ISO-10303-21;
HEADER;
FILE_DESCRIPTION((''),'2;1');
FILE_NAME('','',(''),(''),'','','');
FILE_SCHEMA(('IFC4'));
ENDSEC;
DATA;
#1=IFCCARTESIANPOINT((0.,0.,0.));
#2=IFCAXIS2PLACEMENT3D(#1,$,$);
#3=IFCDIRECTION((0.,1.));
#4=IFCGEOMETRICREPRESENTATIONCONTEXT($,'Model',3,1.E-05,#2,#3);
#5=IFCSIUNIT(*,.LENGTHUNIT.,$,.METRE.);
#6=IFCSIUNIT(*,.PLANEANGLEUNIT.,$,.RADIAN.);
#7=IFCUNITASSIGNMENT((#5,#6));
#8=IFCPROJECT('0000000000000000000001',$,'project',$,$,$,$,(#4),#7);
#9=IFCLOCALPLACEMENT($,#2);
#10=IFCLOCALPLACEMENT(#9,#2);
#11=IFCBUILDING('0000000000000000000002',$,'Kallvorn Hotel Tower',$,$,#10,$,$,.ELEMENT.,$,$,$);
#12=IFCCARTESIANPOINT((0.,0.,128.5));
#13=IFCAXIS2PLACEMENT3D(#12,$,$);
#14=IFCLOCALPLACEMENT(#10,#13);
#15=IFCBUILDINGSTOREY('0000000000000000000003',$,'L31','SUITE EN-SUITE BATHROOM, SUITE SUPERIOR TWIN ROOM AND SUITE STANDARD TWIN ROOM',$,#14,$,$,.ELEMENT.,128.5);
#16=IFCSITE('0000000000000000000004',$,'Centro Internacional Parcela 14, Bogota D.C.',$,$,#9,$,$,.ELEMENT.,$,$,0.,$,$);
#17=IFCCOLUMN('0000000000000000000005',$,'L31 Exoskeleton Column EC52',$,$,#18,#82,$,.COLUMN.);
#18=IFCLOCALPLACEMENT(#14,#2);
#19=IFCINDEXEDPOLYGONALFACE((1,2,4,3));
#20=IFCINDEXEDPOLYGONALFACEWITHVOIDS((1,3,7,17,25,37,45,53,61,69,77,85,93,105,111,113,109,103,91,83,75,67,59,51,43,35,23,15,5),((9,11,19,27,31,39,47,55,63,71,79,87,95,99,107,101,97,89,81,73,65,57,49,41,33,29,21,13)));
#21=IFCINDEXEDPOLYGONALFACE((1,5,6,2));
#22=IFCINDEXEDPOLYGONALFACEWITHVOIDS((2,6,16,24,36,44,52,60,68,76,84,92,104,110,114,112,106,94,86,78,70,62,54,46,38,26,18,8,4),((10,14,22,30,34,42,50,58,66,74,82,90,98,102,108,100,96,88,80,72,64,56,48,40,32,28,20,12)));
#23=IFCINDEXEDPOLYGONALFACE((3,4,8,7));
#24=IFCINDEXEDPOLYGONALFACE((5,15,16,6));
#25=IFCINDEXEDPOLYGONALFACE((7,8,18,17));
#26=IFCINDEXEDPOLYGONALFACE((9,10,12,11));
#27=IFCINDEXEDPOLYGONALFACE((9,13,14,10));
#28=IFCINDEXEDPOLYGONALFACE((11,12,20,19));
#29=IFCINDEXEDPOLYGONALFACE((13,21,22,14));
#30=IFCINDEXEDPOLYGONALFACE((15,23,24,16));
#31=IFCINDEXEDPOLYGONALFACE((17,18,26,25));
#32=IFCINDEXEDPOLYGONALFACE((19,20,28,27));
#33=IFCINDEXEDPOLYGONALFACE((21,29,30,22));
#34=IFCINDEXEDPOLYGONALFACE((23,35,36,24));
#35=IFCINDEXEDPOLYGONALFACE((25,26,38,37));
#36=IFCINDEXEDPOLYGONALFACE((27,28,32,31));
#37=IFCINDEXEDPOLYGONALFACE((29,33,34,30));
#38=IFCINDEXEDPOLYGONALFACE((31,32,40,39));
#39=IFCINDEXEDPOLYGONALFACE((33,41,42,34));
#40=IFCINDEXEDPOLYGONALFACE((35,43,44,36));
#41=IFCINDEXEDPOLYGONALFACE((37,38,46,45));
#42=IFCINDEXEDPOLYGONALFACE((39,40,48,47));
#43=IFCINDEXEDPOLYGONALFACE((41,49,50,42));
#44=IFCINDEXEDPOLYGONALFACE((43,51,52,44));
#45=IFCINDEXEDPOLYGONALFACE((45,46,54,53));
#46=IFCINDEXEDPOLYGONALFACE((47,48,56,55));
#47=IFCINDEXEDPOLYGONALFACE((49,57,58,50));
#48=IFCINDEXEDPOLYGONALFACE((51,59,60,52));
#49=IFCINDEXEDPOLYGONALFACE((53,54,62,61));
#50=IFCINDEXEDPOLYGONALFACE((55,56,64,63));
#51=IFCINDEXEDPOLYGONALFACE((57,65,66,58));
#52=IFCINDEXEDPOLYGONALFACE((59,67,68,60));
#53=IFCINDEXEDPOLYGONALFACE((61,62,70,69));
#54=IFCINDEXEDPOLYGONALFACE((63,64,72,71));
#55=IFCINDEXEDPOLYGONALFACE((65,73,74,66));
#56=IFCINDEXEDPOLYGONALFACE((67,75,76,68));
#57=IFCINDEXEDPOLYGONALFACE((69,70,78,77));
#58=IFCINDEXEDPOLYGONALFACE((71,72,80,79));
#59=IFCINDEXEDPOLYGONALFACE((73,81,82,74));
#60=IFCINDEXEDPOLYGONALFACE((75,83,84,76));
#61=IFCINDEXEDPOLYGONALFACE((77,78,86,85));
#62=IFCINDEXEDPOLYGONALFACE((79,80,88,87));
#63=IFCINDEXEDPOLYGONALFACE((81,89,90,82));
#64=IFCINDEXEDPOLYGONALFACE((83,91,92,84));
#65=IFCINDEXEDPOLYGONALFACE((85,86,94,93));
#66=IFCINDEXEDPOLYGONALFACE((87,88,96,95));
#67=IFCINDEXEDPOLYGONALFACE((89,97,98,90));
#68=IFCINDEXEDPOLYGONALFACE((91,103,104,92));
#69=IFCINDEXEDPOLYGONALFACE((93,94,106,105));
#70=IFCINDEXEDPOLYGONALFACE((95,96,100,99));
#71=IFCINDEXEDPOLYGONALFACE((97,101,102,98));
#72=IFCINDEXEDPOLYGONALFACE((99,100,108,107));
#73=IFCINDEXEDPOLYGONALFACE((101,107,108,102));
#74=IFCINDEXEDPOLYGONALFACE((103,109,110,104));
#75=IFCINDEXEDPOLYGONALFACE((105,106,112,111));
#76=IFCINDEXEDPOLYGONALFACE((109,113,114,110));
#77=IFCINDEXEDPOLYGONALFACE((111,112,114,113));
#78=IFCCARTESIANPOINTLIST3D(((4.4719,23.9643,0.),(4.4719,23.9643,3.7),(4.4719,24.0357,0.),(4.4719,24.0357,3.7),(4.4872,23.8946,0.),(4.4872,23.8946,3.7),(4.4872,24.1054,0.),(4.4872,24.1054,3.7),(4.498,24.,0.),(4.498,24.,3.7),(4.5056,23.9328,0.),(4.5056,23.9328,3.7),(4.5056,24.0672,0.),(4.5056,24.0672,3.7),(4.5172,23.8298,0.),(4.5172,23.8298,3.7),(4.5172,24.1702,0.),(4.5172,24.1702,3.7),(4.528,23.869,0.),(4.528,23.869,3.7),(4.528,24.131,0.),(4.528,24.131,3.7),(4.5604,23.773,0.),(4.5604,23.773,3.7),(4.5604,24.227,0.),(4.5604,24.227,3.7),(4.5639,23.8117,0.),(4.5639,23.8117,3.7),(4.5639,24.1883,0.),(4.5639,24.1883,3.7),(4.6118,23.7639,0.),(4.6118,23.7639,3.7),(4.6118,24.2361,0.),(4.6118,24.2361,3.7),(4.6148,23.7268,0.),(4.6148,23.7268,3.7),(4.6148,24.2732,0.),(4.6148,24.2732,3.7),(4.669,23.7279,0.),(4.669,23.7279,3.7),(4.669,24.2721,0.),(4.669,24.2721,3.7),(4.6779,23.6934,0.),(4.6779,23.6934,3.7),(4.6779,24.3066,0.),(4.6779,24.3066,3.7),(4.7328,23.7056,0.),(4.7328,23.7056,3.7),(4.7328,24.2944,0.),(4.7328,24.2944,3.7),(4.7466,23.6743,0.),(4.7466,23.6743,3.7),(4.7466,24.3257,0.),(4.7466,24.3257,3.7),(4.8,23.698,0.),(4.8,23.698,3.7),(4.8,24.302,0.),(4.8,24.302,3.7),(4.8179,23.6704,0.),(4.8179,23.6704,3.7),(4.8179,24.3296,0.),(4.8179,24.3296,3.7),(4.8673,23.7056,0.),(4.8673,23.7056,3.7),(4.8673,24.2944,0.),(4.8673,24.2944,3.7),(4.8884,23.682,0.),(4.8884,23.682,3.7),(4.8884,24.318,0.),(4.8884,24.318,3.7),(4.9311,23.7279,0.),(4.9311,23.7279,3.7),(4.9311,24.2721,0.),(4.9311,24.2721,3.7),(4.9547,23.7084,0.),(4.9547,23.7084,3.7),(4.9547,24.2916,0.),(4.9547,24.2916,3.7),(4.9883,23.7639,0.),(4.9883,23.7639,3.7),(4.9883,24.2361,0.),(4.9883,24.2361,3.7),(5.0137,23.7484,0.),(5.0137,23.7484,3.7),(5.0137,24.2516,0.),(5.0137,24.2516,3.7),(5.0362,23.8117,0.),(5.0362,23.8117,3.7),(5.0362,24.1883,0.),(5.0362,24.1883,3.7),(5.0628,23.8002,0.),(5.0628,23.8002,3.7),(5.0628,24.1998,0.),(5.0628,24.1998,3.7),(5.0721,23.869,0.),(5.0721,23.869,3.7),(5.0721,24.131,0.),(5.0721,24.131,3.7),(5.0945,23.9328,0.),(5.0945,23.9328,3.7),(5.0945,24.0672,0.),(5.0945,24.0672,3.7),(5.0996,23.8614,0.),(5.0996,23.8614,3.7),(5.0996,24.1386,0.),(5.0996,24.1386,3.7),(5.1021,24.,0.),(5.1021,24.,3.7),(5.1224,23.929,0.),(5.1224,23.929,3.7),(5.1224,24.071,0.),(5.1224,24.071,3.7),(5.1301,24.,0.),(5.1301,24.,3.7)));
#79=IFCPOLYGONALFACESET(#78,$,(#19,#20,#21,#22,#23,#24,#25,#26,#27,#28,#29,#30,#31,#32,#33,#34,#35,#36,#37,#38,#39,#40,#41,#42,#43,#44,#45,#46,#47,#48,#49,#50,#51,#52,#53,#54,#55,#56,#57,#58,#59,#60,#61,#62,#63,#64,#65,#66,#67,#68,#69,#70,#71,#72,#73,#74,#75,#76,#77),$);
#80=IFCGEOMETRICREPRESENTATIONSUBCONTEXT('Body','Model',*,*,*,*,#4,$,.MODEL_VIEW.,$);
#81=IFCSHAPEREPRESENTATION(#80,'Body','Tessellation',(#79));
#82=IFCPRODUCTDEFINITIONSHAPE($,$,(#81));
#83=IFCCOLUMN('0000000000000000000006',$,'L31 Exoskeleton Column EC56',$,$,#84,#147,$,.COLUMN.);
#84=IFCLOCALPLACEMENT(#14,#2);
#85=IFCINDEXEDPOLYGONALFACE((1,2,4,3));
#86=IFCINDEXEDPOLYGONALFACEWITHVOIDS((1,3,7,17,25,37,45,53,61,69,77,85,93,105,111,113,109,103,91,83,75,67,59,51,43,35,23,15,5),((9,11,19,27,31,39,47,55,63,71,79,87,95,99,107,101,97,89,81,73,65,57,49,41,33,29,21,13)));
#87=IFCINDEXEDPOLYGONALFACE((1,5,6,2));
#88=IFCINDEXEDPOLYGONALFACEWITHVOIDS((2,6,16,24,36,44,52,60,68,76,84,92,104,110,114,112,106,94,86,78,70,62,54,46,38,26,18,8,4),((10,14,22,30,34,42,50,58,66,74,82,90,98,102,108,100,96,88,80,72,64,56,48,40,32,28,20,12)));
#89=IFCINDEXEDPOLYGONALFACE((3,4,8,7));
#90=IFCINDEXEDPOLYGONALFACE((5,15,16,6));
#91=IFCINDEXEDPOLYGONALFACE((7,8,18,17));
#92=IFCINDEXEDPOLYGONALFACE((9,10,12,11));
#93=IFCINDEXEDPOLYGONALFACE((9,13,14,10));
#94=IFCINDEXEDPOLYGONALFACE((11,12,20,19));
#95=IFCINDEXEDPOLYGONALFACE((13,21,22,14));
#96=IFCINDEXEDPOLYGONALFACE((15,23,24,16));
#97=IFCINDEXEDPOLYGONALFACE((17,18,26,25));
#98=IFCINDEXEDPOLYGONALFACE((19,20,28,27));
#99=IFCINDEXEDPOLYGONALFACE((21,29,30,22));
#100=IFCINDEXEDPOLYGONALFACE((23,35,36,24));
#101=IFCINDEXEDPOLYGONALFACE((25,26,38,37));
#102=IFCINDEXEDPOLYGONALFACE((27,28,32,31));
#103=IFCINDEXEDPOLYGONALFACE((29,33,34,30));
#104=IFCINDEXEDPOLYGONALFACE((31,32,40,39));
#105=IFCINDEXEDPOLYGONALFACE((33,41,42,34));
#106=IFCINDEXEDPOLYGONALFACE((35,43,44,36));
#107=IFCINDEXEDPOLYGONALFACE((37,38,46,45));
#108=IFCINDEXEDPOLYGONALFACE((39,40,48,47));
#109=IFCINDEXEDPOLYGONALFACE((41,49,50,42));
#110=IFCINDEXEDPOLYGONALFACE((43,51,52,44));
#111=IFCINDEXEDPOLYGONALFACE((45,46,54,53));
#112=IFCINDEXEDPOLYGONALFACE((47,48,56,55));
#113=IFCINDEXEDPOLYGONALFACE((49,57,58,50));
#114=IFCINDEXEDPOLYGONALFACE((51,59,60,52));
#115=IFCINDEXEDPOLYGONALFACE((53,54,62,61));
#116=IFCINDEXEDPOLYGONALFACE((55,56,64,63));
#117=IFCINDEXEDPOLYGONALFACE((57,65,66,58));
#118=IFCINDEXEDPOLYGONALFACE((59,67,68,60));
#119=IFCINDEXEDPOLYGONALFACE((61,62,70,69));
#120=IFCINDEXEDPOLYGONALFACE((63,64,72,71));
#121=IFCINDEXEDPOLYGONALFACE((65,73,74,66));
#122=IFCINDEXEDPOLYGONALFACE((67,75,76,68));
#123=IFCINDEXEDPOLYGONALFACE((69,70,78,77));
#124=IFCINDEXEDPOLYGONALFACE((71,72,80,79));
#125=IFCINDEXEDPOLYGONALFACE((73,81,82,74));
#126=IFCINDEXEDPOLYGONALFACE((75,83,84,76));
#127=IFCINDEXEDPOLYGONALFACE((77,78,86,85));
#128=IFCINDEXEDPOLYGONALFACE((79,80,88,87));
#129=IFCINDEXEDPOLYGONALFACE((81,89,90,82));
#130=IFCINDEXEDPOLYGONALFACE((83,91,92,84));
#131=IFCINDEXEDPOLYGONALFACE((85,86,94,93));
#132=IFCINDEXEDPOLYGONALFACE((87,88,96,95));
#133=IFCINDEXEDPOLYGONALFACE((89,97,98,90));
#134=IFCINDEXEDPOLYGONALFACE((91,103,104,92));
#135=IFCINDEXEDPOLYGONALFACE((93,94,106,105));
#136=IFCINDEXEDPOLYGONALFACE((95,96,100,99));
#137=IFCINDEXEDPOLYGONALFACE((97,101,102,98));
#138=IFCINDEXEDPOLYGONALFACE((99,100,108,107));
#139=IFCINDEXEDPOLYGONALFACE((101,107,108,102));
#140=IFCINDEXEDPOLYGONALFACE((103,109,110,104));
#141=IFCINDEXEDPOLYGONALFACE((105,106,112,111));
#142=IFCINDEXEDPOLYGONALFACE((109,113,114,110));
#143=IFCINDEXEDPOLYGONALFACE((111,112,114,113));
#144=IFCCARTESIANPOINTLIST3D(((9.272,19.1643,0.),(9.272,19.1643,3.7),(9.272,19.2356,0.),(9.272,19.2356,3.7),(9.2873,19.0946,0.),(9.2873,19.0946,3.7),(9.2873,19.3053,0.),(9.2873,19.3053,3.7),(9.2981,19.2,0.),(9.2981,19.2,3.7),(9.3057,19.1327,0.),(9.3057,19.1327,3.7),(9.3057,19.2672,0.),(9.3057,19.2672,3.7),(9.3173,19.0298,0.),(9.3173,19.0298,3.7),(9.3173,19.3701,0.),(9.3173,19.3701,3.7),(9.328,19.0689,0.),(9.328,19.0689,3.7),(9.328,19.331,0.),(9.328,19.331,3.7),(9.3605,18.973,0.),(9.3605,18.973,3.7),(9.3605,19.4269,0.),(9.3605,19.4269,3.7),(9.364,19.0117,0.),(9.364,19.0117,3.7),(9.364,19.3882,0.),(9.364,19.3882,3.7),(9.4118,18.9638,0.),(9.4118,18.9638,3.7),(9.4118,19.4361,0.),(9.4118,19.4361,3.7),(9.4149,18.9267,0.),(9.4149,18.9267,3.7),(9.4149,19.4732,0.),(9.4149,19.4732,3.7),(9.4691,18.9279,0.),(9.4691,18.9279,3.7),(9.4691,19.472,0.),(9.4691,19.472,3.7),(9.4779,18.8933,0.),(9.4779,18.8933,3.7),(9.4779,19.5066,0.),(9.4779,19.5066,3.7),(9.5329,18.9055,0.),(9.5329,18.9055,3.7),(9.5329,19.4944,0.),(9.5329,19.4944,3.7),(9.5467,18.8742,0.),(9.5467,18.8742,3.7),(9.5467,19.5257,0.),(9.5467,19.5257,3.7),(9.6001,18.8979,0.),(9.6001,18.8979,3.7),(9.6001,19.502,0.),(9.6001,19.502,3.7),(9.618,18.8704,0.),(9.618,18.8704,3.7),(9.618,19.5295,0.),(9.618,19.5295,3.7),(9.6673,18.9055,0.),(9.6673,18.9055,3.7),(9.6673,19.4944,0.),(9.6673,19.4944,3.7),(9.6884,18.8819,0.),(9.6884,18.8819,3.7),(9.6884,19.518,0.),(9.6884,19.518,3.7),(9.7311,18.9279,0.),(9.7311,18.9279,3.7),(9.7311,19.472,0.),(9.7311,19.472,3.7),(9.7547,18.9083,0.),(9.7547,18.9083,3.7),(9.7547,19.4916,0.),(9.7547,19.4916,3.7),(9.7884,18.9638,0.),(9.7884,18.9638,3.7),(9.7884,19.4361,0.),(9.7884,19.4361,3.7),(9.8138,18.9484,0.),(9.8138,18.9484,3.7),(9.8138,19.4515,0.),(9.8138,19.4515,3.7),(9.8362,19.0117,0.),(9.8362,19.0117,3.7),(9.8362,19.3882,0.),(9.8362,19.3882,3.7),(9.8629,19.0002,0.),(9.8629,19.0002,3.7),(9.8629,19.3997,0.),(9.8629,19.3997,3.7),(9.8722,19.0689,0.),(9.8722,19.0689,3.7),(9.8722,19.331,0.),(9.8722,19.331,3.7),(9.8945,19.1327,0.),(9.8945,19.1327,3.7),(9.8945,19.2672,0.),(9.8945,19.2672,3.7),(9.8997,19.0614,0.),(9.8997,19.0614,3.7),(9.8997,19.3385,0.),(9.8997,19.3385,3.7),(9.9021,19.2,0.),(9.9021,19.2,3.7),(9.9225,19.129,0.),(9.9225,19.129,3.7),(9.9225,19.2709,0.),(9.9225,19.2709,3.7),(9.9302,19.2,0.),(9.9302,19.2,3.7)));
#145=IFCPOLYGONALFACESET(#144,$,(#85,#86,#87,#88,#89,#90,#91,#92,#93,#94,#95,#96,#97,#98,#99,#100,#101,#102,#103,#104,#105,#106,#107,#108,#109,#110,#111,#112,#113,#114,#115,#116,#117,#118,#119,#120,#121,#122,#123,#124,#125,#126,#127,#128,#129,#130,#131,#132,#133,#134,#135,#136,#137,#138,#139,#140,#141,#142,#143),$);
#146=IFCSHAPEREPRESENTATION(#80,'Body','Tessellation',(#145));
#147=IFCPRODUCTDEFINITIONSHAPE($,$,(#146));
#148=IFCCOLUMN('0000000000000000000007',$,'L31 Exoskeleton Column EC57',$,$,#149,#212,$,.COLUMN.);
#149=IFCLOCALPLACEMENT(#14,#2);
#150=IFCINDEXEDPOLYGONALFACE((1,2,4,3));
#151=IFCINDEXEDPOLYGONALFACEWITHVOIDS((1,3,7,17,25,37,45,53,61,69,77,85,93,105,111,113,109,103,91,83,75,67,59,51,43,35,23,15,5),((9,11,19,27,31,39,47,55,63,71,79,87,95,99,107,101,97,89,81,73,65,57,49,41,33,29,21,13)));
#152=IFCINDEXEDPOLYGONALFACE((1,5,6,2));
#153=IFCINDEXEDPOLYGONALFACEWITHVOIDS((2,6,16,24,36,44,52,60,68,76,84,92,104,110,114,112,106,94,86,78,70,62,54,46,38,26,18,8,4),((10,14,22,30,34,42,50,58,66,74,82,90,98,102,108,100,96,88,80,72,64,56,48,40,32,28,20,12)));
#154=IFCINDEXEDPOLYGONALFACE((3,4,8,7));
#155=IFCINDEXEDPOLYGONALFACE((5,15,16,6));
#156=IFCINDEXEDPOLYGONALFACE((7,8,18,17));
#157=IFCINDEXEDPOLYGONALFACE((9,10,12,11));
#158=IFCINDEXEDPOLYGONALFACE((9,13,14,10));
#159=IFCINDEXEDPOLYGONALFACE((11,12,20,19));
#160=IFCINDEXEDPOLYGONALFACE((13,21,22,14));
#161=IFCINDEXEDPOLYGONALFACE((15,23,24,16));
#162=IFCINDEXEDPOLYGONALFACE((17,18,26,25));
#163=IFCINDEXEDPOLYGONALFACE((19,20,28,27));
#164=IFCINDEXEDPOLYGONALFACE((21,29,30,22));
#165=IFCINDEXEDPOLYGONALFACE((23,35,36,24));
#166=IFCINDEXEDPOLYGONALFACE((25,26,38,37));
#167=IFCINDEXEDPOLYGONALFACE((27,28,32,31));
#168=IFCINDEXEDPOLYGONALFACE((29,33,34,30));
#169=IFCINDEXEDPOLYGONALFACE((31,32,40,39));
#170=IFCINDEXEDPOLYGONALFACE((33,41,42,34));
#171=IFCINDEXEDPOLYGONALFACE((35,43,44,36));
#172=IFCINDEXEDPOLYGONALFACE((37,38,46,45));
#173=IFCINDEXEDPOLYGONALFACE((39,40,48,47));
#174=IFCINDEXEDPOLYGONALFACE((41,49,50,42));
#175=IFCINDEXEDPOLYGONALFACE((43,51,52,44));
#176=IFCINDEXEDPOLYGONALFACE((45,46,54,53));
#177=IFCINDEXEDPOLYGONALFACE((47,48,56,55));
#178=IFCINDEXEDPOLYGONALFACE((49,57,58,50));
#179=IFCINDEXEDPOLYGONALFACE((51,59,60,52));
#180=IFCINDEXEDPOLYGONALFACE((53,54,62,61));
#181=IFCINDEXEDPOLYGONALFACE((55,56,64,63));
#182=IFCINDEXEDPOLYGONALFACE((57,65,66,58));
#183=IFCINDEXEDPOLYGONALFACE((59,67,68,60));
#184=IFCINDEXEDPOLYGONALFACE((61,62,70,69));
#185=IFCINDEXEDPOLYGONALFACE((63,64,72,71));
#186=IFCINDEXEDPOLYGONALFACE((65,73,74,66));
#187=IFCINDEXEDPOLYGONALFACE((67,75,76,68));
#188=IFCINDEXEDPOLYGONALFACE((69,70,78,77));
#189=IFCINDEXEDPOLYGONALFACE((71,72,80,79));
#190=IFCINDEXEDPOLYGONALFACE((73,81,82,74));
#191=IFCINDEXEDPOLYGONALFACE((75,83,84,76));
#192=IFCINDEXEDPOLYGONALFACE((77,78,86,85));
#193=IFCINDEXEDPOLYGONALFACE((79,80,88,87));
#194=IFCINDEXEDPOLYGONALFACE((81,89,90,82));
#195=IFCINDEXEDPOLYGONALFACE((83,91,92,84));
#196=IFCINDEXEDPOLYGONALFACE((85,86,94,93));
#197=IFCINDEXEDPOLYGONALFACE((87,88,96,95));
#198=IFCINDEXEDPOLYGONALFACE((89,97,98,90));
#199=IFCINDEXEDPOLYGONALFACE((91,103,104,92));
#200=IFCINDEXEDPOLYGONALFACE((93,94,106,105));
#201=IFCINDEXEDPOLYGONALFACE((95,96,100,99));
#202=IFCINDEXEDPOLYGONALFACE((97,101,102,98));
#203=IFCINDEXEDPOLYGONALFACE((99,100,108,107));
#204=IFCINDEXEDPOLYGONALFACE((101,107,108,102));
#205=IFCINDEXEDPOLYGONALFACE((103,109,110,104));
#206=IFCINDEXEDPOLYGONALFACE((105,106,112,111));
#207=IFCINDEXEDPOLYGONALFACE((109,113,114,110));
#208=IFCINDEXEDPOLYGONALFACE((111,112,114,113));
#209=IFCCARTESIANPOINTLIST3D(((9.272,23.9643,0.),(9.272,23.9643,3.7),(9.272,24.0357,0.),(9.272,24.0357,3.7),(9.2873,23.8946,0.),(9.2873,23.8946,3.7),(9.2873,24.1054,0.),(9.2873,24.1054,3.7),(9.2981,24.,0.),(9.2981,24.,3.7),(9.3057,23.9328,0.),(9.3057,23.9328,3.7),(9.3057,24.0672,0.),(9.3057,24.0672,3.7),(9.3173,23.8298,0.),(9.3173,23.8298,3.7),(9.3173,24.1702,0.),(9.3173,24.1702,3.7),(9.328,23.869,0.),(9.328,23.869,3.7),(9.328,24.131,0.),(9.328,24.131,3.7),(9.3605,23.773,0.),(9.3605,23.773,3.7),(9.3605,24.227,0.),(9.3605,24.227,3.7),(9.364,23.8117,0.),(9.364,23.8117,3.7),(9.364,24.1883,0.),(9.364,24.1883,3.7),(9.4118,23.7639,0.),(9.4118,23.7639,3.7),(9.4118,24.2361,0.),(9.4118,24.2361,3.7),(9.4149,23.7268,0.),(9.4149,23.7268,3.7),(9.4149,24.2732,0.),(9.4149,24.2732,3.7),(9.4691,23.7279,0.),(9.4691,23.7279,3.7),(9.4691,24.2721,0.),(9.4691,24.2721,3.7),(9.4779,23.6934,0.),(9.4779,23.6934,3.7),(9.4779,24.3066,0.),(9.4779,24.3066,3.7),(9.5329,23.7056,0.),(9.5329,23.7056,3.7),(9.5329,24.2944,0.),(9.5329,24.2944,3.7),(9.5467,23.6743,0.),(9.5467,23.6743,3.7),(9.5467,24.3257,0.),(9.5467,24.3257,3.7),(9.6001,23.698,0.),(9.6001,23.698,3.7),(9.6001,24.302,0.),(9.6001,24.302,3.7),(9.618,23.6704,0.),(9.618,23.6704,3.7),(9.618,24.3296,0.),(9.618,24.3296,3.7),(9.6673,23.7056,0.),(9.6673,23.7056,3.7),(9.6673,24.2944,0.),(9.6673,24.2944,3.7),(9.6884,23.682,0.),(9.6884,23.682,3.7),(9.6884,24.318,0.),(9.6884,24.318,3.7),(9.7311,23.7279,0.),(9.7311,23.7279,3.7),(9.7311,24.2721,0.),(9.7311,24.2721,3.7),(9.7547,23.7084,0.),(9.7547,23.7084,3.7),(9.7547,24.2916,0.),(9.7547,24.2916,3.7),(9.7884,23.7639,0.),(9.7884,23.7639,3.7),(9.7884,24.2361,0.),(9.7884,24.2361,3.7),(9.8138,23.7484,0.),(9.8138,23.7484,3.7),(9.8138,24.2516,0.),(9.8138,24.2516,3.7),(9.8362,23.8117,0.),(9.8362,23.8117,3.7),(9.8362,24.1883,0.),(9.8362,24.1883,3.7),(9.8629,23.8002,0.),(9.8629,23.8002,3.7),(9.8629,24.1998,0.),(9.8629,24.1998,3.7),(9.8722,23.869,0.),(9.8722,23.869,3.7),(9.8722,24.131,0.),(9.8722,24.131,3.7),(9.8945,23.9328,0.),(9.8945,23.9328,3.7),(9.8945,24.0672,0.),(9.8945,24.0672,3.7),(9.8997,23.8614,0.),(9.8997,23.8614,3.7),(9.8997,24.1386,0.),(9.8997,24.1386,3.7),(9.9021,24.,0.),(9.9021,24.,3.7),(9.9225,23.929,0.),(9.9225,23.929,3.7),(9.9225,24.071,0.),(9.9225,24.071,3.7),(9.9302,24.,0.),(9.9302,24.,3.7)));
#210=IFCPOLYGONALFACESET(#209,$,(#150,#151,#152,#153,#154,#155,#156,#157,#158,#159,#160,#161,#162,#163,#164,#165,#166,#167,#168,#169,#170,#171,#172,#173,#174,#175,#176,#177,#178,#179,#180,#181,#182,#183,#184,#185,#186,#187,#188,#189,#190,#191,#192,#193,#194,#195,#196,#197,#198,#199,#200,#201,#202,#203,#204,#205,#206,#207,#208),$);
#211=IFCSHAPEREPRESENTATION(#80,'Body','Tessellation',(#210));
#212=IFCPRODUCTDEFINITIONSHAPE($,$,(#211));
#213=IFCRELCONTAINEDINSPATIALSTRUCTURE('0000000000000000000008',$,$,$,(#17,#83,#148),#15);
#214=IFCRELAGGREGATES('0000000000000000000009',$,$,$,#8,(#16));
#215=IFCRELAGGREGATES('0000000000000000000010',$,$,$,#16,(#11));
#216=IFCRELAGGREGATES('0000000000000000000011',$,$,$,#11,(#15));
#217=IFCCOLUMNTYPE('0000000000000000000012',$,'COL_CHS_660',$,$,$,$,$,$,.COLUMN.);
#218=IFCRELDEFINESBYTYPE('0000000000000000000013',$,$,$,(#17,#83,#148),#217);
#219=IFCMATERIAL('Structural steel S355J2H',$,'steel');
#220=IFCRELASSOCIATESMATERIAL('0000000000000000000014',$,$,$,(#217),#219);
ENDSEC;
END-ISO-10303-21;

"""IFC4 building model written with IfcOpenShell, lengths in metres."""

from ifc_helpers import new_model, si_unit, direction, frame, origin, origin_2d, place, context, subcontext, project, spatial, hollow_circle, extrude, material, material_profile, profile_set, type_object, element, save


model = new_model("IFC4")

# Units and contexts
model_context = context("Model", 3, precision=1e-05, world=origin(), true_north=direction((0.0, 1.0)))
body_context = subcontext(model_context, "Body", "Model", "MODEL_VIEW")
ifc_project = project(units=[si_unit("LENGTHUNIT", "METRE"), si_unit("PLANEANGLEUNIT", "RADIAN")], contexts=[model_context])

# Site, building, storey
site_placement = place(None, origin())
site = spatial("IfcSite", under=ifc_project, at=site_placement, Name="Centro Internacional Parcela 14, Bogota D.C.", CompositionType="ELEMENT", RefElevation=0.0)
building_placement = place(site_placement, origin())
building = spatial("IfcBuilding", under=site, at=building_placement, Name="Kallvorn Hotel Tower", CompositionType="ELEMENT")
storey_placement = place(building_placement, frame((0.0, 0.0, 128.5)))
storey = spatial("IfcBuildingStorey", under=building, at=storey_placement, Name="L31", Description="SUITE EN-SUITE BATHROOM, SUITE SUPERIOR TWIN ROOM AND SUITE STANDARD TWIN ROOM", CompositionType="ELEMENT", Elevation=128.5)

# Columns
ifc_material_1 = material(Name="Structural steel S355J2H", Category="steel")
ifc_material_profile_1 = material_profile(ifc_material_1, hollow_circle(Radius=0.3301, WallThickness=0.0281, at=origin_2d()), Name="CHS 660x28")
ifc_profile_set_1 = profile_set([ifc_material_profile_1], Name="Structural steel S355J2H")
column_type_1 = type_object("IfcColumnType", Name="COL_CHS_660", PredefinedType="COLUMN", material=ifc_profile_set_1)
for number, where, z_axis, x_axis, name in (
    (1, (4.8, 24.0, 0.0), (0.0, 0.0, 1.0), (1.0, 0.0, 0.0), "L31 Exoskeleton Column EC52"),
    (2, (9.6001, 19.2, 0.0), (0.0, 0.0, 1.0), (1.0, 0.0, 0.0), "L31 Exoskeleton Column EC56"),
    (3, (9.6001, 24.0, 0.0), (0.0, 0.0, 1.0), (1.0, 0.0, 0.0), "L31 Exoskeleton Column EC57"),
):
    element("IfcColumn", number, at=place(storey_placement, frame(where, z_axis=z_axis, x_axis=x_axis)), inside=storey, type_object=column_type_1, Name=name, PredefinedType="COLUMN", context=body_context, shape_type="SweptSolid", body=[
        extrude(hollow_circle(Radius=0.3301, WallThickness=0.0281, at=origin_2d()), origin(), (0.0, 0.0, 1.0), 3.7),
    ])

save(model, "model.ifc")
